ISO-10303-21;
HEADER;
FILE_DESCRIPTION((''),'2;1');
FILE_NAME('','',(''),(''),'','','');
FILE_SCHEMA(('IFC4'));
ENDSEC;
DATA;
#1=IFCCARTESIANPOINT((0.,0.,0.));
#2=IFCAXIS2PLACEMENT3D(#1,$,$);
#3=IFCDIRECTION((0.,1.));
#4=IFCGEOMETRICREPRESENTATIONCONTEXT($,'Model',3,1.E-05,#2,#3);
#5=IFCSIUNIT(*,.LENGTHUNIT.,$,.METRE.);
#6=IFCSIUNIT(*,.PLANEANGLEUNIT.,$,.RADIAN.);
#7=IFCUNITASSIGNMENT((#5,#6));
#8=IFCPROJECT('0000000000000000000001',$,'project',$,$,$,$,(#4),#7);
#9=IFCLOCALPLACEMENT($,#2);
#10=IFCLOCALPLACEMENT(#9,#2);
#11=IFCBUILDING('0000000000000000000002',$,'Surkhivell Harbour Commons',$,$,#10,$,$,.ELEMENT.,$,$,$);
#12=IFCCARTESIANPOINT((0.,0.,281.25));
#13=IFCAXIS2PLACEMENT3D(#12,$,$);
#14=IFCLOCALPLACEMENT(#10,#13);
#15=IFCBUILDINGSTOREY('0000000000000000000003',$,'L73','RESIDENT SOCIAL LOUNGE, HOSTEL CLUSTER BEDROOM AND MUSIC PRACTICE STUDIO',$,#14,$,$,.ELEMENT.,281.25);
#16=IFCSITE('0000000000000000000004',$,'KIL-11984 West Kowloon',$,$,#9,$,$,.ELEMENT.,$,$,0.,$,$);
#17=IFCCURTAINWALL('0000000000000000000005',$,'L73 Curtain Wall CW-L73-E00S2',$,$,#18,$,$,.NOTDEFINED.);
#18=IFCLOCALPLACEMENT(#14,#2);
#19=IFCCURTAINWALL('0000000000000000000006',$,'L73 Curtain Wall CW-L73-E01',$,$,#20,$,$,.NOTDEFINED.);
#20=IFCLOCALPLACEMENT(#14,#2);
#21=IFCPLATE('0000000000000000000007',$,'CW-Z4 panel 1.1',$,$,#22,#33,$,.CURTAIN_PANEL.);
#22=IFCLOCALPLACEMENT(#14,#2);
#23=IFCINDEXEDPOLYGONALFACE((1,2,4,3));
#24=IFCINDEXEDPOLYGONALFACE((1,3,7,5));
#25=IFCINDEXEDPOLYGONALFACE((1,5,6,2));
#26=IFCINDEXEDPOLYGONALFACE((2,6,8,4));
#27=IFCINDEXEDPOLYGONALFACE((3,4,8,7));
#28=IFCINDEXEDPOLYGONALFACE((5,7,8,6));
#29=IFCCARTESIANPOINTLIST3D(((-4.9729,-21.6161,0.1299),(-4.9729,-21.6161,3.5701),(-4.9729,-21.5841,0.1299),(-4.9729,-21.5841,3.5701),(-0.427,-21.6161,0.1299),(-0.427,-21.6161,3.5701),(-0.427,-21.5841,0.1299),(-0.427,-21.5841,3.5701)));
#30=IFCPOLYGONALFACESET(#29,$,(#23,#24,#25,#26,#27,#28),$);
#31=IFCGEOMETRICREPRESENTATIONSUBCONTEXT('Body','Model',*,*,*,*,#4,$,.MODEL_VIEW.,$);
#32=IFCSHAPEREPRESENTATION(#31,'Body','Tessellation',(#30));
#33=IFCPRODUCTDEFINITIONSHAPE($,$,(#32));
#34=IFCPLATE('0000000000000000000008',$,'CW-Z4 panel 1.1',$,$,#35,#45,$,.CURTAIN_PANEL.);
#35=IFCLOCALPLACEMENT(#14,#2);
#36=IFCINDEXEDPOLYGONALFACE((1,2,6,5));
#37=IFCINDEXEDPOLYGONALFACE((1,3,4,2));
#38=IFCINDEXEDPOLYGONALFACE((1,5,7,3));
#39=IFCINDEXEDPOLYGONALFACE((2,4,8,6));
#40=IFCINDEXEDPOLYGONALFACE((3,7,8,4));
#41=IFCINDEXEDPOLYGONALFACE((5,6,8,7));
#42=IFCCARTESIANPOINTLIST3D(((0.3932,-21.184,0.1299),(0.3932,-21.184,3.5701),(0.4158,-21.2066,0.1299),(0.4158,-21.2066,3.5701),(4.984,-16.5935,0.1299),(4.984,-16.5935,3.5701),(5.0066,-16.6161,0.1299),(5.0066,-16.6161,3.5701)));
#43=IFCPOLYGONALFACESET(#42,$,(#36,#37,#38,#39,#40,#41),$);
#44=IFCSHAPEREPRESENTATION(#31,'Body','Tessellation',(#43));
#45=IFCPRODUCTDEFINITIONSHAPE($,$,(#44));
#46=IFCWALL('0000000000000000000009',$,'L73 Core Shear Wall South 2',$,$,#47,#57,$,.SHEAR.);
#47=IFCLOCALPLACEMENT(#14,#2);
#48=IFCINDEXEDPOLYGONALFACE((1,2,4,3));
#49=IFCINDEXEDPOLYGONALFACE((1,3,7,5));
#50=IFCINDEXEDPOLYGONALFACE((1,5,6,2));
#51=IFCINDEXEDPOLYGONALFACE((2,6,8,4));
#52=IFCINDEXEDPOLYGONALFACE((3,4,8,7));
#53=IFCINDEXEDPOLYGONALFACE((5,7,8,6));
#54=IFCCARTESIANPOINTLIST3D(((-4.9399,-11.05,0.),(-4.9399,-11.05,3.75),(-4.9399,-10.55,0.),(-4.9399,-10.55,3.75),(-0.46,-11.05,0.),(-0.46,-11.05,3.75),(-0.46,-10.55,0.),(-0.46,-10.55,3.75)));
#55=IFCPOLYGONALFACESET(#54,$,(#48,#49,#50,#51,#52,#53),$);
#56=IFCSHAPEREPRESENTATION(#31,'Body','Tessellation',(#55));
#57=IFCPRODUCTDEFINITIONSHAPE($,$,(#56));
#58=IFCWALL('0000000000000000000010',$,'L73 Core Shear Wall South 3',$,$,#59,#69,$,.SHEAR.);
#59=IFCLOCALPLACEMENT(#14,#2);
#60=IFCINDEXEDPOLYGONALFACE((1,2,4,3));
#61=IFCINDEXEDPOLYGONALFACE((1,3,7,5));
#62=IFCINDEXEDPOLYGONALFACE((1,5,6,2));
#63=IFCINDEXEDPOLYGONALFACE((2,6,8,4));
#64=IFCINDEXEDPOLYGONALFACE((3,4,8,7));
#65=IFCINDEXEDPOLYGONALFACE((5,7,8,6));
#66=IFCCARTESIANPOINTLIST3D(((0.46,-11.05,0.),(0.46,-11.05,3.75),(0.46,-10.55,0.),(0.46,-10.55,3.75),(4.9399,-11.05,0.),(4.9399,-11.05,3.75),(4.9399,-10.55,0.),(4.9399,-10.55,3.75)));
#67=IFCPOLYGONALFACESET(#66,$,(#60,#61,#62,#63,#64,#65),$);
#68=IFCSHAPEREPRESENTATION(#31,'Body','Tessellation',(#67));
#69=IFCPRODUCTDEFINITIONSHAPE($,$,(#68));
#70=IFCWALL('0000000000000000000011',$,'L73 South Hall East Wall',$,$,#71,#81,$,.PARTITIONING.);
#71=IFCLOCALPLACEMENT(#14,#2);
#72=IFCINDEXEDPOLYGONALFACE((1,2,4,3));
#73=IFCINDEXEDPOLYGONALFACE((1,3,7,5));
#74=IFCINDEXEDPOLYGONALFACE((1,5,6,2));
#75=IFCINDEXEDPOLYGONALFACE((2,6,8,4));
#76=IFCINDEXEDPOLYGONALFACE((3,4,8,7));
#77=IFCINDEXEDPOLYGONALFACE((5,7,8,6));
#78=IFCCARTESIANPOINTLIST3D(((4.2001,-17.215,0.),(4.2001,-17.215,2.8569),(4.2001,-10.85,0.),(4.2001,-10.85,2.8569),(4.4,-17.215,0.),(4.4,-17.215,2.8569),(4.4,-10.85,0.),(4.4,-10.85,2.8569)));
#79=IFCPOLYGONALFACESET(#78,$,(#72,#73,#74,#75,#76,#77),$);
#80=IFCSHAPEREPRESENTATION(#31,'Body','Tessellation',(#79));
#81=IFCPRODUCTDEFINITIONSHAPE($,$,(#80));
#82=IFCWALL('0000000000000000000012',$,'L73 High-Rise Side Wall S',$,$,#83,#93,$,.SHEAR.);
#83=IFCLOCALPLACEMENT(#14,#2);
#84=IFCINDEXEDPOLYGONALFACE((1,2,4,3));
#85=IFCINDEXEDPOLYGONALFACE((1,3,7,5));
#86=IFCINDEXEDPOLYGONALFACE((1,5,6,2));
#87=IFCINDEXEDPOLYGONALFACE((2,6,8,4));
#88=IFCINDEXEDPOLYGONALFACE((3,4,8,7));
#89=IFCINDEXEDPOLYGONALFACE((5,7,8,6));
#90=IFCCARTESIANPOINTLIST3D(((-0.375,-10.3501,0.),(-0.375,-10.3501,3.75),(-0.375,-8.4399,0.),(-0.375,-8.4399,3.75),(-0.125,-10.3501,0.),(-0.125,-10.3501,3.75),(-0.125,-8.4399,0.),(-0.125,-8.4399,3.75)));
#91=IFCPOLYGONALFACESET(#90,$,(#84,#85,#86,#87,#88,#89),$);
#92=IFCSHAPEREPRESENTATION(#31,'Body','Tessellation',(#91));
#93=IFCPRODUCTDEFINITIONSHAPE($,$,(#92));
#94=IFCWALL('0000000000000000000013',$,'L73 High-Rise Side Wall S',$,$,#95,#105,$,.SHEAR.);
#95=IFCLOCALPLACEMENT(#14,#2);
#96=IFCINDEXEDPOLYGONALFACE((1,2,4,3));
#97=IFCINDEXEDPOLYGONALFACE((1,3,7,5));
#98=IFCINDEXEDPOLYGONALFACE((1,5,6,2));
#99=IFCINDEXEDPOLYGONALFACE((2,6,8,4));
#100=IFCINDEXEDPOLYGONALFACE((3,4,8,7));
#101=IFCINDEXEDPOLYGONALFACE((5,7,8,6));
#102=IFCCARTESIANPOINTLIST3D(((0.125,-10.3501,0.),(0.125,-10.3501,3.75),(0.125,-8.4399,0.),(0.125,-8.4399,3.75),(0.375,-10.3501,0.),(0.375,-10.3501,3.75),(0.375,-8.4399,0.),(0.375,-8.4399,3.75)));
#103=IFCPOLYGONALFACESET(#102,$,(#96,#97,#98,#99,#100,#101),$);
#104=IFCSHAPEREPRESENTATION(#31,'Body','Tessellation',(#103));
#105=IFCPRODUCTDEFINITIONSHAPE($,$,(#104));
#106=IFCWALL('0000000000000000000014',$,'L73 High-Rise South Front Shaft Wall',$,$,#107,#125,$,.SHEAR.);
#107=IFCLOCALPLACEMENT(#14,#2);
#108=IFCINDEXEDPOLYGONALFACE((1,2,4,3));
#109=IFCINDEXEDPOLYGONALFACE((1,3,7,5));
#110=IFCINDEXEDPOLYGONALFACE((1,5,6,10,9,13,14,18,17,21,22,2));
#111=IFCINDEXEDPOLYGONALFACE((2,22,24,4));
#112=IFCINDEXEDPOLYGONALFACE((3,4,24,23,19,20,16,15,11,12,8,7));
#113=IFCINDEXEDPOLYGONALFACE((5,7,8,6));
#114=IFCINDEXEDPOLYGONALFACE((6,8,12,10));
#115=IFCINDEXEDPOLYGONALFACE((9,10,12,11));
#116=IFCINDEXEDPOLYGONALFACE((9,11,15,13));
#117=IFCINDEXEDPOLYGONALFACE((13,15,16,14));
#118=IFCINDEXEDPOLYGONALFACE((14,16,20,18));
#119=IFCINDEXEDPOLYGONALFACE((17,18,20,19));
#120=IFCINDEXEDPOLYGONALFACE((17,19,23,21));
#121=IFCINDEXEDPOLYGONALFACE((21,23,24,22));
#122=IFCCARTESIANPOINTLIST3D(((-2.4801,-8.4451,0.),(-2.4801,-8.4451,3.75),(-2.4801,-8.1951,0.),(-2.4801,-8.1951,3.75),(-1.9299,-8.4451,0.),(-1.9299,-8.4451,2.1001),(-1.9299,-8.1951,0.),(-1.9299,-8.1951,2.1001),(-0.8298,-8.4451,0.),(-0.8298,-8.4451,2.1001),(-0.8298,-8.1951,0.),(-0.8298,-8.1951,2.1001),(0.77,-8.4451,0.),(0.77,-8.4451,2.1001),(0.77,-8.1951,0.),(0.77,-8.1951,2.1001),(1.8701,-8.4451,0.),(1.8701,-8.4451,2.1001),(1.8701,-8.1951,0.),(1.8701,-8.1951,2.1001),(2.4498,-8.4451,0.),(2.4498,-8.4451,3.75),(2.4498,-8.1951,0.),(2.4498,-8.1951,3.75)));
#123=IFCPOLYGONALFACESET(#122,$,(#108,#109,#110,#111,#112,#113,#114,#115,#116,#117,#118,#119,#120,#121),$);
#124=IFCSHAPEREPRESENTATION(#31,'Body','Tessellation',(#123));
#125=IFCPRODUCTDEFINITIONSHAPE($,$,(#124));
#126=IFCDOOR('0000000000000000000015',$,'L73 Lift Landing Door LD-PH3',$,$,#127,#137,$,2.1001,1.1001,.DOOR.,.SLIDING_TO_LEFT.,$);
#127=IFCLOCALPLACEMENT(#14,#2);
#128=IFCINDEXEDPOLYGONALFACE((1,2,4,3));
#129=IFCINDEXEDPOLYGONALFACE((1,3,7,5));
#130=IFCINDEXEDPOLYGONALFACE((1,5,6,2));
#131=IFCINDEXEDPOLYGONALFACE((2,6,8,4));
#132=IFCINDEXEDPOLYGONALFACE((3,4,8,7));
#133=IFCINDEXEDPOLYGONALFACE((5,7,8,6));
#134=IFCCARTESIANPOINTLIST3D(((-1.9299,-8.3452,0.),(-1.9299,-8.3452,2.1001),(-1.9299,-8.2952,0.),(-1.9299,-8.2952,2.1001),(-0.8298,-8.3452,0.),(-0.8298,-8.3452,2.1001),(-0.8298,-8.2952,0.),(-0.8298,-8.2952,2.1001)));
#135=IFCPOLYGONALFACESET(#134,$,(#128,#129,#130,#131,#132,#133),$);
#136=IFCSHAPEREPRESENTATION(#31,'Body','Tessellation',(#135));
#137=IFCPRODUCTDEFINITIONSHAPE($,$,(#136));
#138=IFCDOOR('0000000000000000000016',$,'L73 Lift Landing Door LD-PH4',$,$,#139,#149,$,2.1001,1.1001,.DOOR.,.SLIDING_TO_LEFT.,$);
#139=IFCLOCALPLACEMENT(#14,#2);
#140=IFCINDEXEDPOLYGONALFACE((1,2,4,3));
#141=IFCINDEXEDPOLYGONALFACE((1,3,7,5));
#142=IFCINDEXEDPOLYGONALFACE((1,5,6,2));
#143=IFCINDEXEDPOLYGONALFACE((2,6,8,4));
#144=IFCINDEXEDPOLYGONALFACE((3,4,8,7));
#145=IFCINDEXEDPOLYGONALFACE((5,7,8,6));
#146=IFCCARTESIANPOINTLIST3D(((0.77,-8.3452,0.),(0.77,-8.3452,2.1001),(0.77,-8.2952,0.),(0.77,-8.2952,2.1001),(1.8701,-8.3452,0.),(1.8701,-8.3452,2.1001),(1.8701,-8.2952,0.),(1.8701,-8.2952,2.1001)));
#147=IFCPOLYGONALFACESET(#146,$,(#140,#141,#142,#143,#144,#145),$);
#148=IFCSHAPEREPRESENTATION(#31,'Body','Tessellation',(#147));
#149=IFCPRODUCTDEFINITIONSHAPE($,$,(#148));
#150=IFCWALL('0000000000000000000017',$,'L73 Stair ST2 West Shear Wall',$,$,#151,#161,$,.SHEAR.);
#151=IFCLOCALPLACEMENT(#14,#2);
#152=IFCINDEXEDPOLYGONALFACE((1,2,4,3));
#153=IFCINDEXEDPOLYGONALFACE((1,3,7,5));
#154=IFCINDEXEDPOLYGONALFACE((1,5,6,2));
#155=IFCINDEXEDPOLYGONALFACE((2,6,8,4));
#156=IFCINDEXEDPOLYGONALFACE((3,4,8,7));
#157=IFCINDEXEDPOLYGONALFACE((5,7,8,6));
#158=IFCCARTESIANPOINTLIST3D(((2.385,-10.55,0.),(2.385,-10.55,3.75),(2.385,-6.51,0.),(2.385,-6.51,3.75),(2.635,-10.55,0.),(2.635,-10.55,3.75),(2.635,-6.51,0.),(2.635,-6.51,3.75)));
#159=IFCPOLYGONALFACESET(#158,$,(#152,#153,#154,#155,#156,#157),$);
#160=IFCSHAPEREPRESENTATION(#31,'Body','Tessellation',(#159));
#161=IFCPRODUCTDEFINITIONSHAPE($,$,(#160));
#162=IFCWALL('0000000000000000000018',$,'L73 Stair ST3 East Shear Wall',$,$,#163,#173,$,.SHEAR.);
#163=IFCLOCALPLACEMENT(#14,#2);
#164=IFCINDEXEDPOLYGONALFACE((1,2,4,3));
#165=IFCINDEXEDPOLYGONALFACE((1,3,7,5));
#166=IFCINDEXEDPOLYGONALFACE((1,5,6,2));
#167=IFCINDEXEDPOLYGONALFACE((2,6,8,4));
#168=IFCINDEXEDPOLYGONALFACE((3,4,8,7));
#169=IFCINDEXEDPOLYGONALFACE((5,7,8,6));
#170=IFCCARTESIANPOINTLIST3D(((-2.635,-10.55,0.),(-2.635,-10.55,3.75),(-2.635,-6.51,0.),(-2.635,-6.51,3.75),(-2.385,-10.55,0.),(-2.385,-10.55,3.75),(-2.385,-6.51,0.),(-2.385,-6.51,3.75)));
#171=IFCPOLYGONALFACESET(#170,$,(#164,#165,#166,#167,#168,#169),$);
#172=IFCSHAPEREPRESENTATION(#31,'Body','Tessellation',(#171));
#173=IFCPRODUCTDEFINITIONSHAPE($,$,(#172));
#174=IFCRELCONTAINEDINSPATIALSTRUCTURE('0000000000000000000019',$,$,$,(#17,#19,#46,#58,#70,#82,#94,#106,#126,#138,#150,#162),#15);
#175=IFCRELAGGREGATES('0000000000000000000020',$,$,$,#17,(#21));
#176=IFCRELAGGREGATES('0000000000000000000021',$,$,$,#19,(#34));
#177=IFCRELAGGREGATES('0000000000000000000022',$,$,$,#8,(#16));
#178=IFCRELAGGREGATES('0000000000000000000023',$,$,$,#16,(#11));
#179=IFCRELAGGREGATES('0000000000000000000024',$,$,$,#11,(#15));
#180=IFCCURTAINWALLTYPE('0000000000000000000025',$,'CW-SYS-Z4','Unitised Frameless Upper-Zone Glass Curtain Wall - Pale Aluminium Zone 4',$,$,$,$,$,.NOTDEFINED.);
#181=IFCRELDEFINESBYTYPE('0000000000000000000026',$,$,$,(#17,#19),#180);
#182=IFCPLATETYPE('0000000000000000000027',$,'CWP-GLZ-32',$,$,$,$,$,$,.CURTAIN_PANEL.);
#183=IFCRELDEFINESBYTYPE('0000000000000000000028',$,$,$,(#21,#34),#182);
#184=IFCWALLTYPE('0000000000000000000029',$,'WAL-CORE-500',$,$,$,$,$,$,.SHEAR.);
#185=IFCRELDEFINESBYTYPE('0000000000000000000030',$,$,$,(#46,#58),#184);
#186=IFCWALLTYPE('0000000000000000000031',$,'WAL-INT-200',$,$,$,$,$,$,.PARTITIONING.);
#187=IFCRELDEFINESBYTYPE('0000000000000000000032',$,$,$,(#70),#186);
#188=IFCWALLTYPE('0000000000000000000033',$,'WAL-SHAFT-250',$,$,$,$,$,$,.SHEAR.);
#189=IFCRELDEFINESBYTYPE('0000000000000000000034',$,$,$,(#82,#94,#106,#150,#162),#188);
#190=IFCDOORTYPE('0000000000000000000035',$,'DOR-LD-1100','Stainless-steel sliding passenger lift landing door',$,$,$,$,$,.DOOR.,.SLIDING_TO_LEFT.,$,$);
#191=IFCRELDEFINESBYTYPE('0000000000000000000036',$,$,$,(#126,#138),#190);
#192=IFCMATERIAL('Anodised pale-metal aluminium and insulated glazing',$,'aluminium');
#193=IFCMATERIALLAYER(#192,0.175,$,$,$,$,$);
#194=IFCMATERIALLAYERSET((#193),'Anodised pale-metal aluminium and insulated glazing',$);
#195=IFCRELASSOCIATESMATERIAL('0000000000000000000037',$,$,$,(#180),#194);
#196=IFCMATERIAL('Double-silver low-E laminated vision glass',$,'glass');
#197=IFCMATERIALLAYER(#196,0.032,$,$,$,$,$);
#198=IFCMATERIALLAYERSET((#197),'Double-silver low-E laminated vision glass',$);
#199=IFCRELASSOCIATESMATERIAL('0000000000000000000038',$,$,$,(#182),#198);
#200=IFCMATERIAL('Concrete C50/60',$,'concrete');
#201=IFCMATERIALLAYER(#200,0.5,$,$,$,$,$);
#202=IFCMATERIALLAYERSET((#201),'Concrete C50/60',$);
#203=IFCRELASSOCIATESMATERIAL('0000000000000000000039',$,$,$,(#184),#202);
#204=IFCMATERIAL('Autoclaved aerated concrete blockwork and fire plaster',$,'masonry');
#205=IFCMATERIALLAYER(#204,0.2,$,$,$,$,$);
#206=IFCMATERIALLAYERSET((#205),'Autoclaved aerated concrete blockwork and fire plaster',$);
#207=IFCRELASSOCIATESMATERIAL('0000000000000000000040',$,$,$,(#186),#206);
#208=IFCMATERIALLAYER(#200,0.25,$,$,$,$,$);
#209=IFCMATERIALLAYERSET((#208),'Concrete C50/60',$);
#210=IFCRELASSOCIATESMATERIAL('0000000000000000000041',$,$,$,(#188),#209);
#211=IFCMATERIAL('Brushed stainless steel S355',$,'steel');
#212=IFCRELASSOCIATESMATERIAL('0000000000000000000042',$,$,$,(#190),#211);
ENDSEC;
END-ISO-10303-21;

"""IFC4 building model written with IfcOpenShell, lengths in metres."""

from ifc_helpers import new_model, si_unit, direction, frame, frame_2d, origin, place, context, subcontext, project, spatial, rectangle, extrude, material, layer, layer_set, type_object, element, fill, aggregate, save


model = new_model("IFC4")

# Units and contexts
model_context = context("Model", 3, precision=1e-05, world=origin(), true_north=direction((0.0, 1.0)))
body_context = subcontext(model_context, "Body", "Model", "MODEL_VIEW")
ifc_project = project(units=[si_unit("LENGTHUNIT", "METRE"), si_unit("PLANEANGLEUNIT", "RADIAN")], contexts=[model_context])

# Site, building, storey
site_placement = place(None, origin())
site = spatial("IfcSite", under=ifc_project, at=site_placement, Name="KIL-11984 West Kowloon", CompositionType="ELEMENT", RefElevation=0.0)
building_placement = place(site_placement, origin())
building = spatial("IfcBuilding", under=site, at=building_placement, Name="Surkhivell Harbour Commons", CompositionType="ELEMENT")
storey_placement = place(building_placement, frame((0.0, 0.0, 281.25)))
storey = spatial("IfcBuildingStorey", under=building, at=storey_placement, Name="L73", Description="RESIDENT SOCIAL LOUNGE, HOSTEL CLUSTER BEDROOM AND MUSIC PRACTICE STUDIO", CompositionType="ELEMENT", Elevation=281.25)

# Shared definitions
ifc_material_1 = material(Name="Concrete C50/60", Category="concrete")

# Curtain wall
ifc_material_2 = material(Name="Anodised pale-metal aluminium and insulated glazing", Category="aluminium")
ifc_layer_1 = layer(ifc_material_2, 0.175)
ifc_layer_set_1 = layer_set([ifc_layer_1], Name="Anodised pale-metal aluminium and insulated glazing")
curtain_wall_type = type_object("IfcCurtainWallType", Name="CW-SYS-Z4", Description="Unitised Frameless Upper-Zone Glass Curtain Wall - Pale Aluminium Zone 4", PredefinedType="NOTDEFINED", material=ifc_layer_set_1)
curtain_wall_1_placement = place(storey_placement, origin())
curtain_wall_1 = element("IfcCurtainWall", 1, at=curtain_wall_1_placement, inside=storey, type_object=curtain_wall_type, Name="L73 Curtain Wall CW-L73-E00S2", PredefinedType="NOTDEFINED")

# Curtain wall
curtain_wall_2_placement = place(storey_placement, origin())
curtain_wall_2 = element("IfcCurtainWall", 2, at=curtain_wall_2_placement, inside=storey, type_object=curtain_wall_type, Name="L73 Curtain Wall CW-L73-E01", PredefinedType="NOTDEFINED")

# Plates
ifc_material_3 = material(Name="Double-silver low-E laminated vision glass", Category="glass")
ifc_layer_2 = layer(ifc_material_3, 0.032)
ifc_layer_set_2 = layer_set([ifc_layer_2], Name="Double-silver low-E laminated vision glass")
plate_type = type_object("IfcPlateType", Name="CWP-GLZ-32", PredefinedType="CURTAIN_PANEL", material=ifc_layer_set_2)
plate_1_placement = place(storey_placement, frame((-4.9729, -21.6001, 0.1299), z_axis=(0.0, 0.0, 1.0), x_axis=(1.0, 0.0, 0.0)))
plate_1 = element("IfcPlate", 3, at=plate_1_placement, type_object=plate_type, Name="CW-Z4 panel 1.1", PredefinedType="CURTAIN_PANEL", context=body_context, shape_type="SweptSolid", body=[
    extrude(rectangle(XDim=4.5459, YDim=0.032, at=frame_2d((2.2729, 0.0))), origin(), (0.0, 0.0, 1.0), 3.4402),
])
aggregate(curtain_wall_1, [plate_1])
plate_2_placement = place(storey_placement, frame((0.4045, -21.1953, 0.1299), z_axis=(0.0, 0.0, 1.0), x_axis=(0.707126, 0.707088, 0.0)))
plate_2 = element("IfcPlate", 4, at=plate_2_placement, type_object=plate_type, Name="CW-Z4 panel 1.1", PredefinedType="CURTAIN_PANEL", context=body_context, shape_type="SweptSolid", body=[
    extrude(rectangle(XDim=6.4922, YDim=0.032, at=frame_2d((3.2461, 0.0))), origin(), (0.0, 0.0, 1.0), 3.4402),
])
aggregate(curtain_wall_2, [plate_2])

# Walls
ifc_layer_3 = layer(ifc_material_1, 0.5)
ifc_layer_set_3 = layer_set([ifc_layer_3], Name="Concrete C50/60")
wall_type_1 = type_object("IfcWallType", Name="WAL-CORE-500", PredefinedType="SHEAR", material=ifc_layer_set_3)
for number, where, z_axis, x_axis, name in (
    (5, (-4.9399, -10.8, 0.0), (0.0, 0.0, 1.0), (1.0, 0.0, 0.0), "L73 Core Shear Wall South 2"),
    (6, (0.46, -10.8, 0.0), (0.0, 0.0, 1.0), (1.0, 0.0, 0.0), "L73 Core Shear Wall South 3"),
):
    element("IfcWall", number, at=place(storey_placement, frame(where, z_axis=z_axis, x_axis=x_axis)), inside=storey, type_object=wall_type_1, Name=name, PredefinedType="SHEAR", context=body_context, shape_type="SweptSolid", body=[
        extrude(rectangle(XDim=4.48, YDim=0.5, at=frame_2d((2.24, 0.0))), origin(), (0.0, 0.0, 1.0), 3.75),
    ])
ifc_material_4 = material(Name="Autoclaved aerated concrete blockwork and fire plaster", Category="masonry")
ifc_layer_4 = layer(ifc_material_4, 0.2)
ifc_layer_set_4 = layer_set([ifc_layer_4], Name="Autoclaved aerated concrete blockwork and fire plaster")
wall_type_2 = type_object("IfcWallType", Name="WAL-INT-200", PredefinedType="PARTITIONING", material=ifc_layer_set_4)
wall_1_placement = place(storey_placement, frame((4.3, -17.2151, 0.0), z_axis=(0.0, 0.0, 1.0), x_axis=(0.0, 1.0, 0.0)))
element("IfcWall", 7, at=wall_1_placement, inside=storey, type_object=wall_type_2, Name="L73 South Hall East Wall", PredefinedType="PARTITIONING", context=body_context, shape_type="SweptSolid", body=[
    extrude(rectangle(XDim=6.365, YDim=0.2, at=frame_2d((3.1826, 0.0))), origin(), (0.0, 0.0, 1.0), 2.8569),
])
ifc_layer_5 = layer(ifc_material_1, 0.25)
ifc_layer_set_5 = layer_set([ifc_layer_5], Name="Concrete C50/60")
wall_type_3 = type_object("IfcWallType", Name="WAL-SHAFT-250", PredefinedType="SHEAR", material=ifc_layer_set_5)
for number, where, z_axis, x_axis, name in (
    (8, (-0.25, -10.3501, 0.0), (0.0, 0.0, 1.0), (0.0, 1.0, 0.0), "L73 High-Rise Side Wall S"),
    (9, (0.25, -10.3501, 0.0), (0.0, 0.0, 1.0), (0.0, 1.0, 0.0), "L73 High-Rise Side Wall S"),
):
    element("IfcWall", number, at=place(storey_placement, frame(where, z_axis=z_axis, x_axis=x_axis)), inside=storey, type_object=wall_type_3, Name=name, PredefinedType="SHEAR", context=body_context, shape_type="SweptSolid", body=[
        extrude(rectangle(XDim=1.9102, YDim=0.25, at=frame_2d((0.9551, 0.0))), origin(), (0.0, 0.0, 1.0), 3.75),
    ])

# Wall, openings, doors
wall_2_placement = place(storey_placement, frame((-2.48, -8.3201, 0.0), z_axis=(0.0, 0.0, 1.0), x_axis=(1.0, 0.0, 0.0)))
wall_2 = element("IfcWall", 10, at=wall_2_placement, inside=storey, type_object=wall_type_3, Name="L73 High-Rise South Front Shaft Wall", PredefinedType="SHEAR", context=body_context, shape_type="SweptSolid", body=[
    extrude(rectangle(XDim=4.9299, YDim=0.25, at=frame_2d((2.4648, 0.0))), origin(), (0.0, 0.0, 1.0), 3.75),
])
opening_1_placement = place(wall_2_placement, frame((0.55, 0.0, 0.0)))
opening_1 = element("IfcOpeningElement", 11, at=opening_1_placement, cuts=wall_2, PredefinedType="OPENING", context=body_context, shape_type="SweptSolid", body=[
    extrude(rectangle(XDim=1.1001, YDim=2.1001, at=frame_2d((0.55, 1.05))), frame((0.0, 0.135, 0.0), z_axis=(0.0, -1.0, 0.0), x_axis=(1.0, 0.0, 0.0)), (0.0, 0.0, 1.0), 0.27),
])
opening_2_placement = place(wall_2_placement, frame((3.25, 0.0, 0.0)))
opening_2 = element("IfcOpeningElement", 12, at=opening_2_placement, cuts=wall_2, PredefinedType="OPENING", context=body_context, shape_type="SweptSolid", body=[
    extrude(rectangle(XDim=1.1001, YDim=2.1001, at=frame_2d((0.55, 1.05))), frame((0.0, 0.135, 0.0), z_axis=(0.0, -1.0, 0.0), x_axis=(1.0, 0.0, 0.0)), (0.0, 0.0, 1.0), 0.27),
])
ifc_material_5 = material(Name="Brushed stainless steel S355", Category="steel")
door_type = type_object("IfcDoorType", Name="DOR-LD-1100", Description="Stainless-steel sliding passenger lift landing door", OperationType="SLIDING_TO_LEFT", PredefinedType="DOOR", material=ifc_material_5)
door_1_placement = place(opening_1_placement, origin())
door_1 = element("IfcDoor", 13, at=door_1_placement, inside=storey, type_object=door_type, Name="L73 Lift Landing Door LD-PH3", OperationType="SLIDING_TO_LEFT", OverallHeight=2.1001, OverallWidth=1.1001, PredefinedType="DOOR", context=body_context, shape_type="SweptSolid", body=[
    extrude(rectangle(XDim=1.1001, YDim=2.1001, at=frame_2d((0.55, 1.05))), frame((0.0, 0.0249, 0.0), z_axis=(0.0, -1.0, 0.0), x_axis=(1.0, 0.0, 0.0)), (0.0, 0.0, 1.0), 0.05),
])
fill(opening_1, door_1)
door_2_placement = place(opening_2_placement, origin())
door_2 = element("IfcDoor", 14, at=door_2_placement, inside=storey, type_object=door_type, Name="L73 Lift Landing Door LD-PH4", OperationType="SLIDING_TO_LEFT", OverallHeight=2.1001, OverallWidth=1.1001, PredefinedType="DOOR", context=body_context, shape_type="SweptSolid", body=[
    extrude(rectangle(XDim=1.1001, YDim=2.1001, at=frame_2d((0.55, 1.05))), frame((0.0, 0.0249, 0.0), z_axis=(0.0, -1.0, 0.0), x_axis=(1.0, 0.0, 0.0)), (0.0, 0.0, 1.0), 0.05),
])
fill(opening_2, door_2)

# Walls
for number, where, z_axis, x_axis, name in (
    (15, (2.51, -10.55, 0.0), (0.0, 0.0, 1.0), (0.0, 1.0, 0.0), "L73 Stair ST2 West Shear Wall"),
    (16, (-2.51, -10.55, 0.0), (0.0, 0.0, 1.0), (0.0, 1.0, 0.0), "L73 Stair ST3 East Shear Wall"),
):
    element("IfcWall", number, at=place(storey_placement, frame(where, z_axis=z_axis, x_axis=x_axis)), inside=storey, type_object=wall_type_3, Name=name, PredefinedType="SHEAR", context=body_context, shape_type="SweptSolid", body=[
        extrude(rectangle(XDim=4.04, YDim=0.25, at=frame_2d((2.02, 0.0))), origin(), (0.0, 0.0, 1.0), 3.75),
    ])

save(model, "model.ifc")
